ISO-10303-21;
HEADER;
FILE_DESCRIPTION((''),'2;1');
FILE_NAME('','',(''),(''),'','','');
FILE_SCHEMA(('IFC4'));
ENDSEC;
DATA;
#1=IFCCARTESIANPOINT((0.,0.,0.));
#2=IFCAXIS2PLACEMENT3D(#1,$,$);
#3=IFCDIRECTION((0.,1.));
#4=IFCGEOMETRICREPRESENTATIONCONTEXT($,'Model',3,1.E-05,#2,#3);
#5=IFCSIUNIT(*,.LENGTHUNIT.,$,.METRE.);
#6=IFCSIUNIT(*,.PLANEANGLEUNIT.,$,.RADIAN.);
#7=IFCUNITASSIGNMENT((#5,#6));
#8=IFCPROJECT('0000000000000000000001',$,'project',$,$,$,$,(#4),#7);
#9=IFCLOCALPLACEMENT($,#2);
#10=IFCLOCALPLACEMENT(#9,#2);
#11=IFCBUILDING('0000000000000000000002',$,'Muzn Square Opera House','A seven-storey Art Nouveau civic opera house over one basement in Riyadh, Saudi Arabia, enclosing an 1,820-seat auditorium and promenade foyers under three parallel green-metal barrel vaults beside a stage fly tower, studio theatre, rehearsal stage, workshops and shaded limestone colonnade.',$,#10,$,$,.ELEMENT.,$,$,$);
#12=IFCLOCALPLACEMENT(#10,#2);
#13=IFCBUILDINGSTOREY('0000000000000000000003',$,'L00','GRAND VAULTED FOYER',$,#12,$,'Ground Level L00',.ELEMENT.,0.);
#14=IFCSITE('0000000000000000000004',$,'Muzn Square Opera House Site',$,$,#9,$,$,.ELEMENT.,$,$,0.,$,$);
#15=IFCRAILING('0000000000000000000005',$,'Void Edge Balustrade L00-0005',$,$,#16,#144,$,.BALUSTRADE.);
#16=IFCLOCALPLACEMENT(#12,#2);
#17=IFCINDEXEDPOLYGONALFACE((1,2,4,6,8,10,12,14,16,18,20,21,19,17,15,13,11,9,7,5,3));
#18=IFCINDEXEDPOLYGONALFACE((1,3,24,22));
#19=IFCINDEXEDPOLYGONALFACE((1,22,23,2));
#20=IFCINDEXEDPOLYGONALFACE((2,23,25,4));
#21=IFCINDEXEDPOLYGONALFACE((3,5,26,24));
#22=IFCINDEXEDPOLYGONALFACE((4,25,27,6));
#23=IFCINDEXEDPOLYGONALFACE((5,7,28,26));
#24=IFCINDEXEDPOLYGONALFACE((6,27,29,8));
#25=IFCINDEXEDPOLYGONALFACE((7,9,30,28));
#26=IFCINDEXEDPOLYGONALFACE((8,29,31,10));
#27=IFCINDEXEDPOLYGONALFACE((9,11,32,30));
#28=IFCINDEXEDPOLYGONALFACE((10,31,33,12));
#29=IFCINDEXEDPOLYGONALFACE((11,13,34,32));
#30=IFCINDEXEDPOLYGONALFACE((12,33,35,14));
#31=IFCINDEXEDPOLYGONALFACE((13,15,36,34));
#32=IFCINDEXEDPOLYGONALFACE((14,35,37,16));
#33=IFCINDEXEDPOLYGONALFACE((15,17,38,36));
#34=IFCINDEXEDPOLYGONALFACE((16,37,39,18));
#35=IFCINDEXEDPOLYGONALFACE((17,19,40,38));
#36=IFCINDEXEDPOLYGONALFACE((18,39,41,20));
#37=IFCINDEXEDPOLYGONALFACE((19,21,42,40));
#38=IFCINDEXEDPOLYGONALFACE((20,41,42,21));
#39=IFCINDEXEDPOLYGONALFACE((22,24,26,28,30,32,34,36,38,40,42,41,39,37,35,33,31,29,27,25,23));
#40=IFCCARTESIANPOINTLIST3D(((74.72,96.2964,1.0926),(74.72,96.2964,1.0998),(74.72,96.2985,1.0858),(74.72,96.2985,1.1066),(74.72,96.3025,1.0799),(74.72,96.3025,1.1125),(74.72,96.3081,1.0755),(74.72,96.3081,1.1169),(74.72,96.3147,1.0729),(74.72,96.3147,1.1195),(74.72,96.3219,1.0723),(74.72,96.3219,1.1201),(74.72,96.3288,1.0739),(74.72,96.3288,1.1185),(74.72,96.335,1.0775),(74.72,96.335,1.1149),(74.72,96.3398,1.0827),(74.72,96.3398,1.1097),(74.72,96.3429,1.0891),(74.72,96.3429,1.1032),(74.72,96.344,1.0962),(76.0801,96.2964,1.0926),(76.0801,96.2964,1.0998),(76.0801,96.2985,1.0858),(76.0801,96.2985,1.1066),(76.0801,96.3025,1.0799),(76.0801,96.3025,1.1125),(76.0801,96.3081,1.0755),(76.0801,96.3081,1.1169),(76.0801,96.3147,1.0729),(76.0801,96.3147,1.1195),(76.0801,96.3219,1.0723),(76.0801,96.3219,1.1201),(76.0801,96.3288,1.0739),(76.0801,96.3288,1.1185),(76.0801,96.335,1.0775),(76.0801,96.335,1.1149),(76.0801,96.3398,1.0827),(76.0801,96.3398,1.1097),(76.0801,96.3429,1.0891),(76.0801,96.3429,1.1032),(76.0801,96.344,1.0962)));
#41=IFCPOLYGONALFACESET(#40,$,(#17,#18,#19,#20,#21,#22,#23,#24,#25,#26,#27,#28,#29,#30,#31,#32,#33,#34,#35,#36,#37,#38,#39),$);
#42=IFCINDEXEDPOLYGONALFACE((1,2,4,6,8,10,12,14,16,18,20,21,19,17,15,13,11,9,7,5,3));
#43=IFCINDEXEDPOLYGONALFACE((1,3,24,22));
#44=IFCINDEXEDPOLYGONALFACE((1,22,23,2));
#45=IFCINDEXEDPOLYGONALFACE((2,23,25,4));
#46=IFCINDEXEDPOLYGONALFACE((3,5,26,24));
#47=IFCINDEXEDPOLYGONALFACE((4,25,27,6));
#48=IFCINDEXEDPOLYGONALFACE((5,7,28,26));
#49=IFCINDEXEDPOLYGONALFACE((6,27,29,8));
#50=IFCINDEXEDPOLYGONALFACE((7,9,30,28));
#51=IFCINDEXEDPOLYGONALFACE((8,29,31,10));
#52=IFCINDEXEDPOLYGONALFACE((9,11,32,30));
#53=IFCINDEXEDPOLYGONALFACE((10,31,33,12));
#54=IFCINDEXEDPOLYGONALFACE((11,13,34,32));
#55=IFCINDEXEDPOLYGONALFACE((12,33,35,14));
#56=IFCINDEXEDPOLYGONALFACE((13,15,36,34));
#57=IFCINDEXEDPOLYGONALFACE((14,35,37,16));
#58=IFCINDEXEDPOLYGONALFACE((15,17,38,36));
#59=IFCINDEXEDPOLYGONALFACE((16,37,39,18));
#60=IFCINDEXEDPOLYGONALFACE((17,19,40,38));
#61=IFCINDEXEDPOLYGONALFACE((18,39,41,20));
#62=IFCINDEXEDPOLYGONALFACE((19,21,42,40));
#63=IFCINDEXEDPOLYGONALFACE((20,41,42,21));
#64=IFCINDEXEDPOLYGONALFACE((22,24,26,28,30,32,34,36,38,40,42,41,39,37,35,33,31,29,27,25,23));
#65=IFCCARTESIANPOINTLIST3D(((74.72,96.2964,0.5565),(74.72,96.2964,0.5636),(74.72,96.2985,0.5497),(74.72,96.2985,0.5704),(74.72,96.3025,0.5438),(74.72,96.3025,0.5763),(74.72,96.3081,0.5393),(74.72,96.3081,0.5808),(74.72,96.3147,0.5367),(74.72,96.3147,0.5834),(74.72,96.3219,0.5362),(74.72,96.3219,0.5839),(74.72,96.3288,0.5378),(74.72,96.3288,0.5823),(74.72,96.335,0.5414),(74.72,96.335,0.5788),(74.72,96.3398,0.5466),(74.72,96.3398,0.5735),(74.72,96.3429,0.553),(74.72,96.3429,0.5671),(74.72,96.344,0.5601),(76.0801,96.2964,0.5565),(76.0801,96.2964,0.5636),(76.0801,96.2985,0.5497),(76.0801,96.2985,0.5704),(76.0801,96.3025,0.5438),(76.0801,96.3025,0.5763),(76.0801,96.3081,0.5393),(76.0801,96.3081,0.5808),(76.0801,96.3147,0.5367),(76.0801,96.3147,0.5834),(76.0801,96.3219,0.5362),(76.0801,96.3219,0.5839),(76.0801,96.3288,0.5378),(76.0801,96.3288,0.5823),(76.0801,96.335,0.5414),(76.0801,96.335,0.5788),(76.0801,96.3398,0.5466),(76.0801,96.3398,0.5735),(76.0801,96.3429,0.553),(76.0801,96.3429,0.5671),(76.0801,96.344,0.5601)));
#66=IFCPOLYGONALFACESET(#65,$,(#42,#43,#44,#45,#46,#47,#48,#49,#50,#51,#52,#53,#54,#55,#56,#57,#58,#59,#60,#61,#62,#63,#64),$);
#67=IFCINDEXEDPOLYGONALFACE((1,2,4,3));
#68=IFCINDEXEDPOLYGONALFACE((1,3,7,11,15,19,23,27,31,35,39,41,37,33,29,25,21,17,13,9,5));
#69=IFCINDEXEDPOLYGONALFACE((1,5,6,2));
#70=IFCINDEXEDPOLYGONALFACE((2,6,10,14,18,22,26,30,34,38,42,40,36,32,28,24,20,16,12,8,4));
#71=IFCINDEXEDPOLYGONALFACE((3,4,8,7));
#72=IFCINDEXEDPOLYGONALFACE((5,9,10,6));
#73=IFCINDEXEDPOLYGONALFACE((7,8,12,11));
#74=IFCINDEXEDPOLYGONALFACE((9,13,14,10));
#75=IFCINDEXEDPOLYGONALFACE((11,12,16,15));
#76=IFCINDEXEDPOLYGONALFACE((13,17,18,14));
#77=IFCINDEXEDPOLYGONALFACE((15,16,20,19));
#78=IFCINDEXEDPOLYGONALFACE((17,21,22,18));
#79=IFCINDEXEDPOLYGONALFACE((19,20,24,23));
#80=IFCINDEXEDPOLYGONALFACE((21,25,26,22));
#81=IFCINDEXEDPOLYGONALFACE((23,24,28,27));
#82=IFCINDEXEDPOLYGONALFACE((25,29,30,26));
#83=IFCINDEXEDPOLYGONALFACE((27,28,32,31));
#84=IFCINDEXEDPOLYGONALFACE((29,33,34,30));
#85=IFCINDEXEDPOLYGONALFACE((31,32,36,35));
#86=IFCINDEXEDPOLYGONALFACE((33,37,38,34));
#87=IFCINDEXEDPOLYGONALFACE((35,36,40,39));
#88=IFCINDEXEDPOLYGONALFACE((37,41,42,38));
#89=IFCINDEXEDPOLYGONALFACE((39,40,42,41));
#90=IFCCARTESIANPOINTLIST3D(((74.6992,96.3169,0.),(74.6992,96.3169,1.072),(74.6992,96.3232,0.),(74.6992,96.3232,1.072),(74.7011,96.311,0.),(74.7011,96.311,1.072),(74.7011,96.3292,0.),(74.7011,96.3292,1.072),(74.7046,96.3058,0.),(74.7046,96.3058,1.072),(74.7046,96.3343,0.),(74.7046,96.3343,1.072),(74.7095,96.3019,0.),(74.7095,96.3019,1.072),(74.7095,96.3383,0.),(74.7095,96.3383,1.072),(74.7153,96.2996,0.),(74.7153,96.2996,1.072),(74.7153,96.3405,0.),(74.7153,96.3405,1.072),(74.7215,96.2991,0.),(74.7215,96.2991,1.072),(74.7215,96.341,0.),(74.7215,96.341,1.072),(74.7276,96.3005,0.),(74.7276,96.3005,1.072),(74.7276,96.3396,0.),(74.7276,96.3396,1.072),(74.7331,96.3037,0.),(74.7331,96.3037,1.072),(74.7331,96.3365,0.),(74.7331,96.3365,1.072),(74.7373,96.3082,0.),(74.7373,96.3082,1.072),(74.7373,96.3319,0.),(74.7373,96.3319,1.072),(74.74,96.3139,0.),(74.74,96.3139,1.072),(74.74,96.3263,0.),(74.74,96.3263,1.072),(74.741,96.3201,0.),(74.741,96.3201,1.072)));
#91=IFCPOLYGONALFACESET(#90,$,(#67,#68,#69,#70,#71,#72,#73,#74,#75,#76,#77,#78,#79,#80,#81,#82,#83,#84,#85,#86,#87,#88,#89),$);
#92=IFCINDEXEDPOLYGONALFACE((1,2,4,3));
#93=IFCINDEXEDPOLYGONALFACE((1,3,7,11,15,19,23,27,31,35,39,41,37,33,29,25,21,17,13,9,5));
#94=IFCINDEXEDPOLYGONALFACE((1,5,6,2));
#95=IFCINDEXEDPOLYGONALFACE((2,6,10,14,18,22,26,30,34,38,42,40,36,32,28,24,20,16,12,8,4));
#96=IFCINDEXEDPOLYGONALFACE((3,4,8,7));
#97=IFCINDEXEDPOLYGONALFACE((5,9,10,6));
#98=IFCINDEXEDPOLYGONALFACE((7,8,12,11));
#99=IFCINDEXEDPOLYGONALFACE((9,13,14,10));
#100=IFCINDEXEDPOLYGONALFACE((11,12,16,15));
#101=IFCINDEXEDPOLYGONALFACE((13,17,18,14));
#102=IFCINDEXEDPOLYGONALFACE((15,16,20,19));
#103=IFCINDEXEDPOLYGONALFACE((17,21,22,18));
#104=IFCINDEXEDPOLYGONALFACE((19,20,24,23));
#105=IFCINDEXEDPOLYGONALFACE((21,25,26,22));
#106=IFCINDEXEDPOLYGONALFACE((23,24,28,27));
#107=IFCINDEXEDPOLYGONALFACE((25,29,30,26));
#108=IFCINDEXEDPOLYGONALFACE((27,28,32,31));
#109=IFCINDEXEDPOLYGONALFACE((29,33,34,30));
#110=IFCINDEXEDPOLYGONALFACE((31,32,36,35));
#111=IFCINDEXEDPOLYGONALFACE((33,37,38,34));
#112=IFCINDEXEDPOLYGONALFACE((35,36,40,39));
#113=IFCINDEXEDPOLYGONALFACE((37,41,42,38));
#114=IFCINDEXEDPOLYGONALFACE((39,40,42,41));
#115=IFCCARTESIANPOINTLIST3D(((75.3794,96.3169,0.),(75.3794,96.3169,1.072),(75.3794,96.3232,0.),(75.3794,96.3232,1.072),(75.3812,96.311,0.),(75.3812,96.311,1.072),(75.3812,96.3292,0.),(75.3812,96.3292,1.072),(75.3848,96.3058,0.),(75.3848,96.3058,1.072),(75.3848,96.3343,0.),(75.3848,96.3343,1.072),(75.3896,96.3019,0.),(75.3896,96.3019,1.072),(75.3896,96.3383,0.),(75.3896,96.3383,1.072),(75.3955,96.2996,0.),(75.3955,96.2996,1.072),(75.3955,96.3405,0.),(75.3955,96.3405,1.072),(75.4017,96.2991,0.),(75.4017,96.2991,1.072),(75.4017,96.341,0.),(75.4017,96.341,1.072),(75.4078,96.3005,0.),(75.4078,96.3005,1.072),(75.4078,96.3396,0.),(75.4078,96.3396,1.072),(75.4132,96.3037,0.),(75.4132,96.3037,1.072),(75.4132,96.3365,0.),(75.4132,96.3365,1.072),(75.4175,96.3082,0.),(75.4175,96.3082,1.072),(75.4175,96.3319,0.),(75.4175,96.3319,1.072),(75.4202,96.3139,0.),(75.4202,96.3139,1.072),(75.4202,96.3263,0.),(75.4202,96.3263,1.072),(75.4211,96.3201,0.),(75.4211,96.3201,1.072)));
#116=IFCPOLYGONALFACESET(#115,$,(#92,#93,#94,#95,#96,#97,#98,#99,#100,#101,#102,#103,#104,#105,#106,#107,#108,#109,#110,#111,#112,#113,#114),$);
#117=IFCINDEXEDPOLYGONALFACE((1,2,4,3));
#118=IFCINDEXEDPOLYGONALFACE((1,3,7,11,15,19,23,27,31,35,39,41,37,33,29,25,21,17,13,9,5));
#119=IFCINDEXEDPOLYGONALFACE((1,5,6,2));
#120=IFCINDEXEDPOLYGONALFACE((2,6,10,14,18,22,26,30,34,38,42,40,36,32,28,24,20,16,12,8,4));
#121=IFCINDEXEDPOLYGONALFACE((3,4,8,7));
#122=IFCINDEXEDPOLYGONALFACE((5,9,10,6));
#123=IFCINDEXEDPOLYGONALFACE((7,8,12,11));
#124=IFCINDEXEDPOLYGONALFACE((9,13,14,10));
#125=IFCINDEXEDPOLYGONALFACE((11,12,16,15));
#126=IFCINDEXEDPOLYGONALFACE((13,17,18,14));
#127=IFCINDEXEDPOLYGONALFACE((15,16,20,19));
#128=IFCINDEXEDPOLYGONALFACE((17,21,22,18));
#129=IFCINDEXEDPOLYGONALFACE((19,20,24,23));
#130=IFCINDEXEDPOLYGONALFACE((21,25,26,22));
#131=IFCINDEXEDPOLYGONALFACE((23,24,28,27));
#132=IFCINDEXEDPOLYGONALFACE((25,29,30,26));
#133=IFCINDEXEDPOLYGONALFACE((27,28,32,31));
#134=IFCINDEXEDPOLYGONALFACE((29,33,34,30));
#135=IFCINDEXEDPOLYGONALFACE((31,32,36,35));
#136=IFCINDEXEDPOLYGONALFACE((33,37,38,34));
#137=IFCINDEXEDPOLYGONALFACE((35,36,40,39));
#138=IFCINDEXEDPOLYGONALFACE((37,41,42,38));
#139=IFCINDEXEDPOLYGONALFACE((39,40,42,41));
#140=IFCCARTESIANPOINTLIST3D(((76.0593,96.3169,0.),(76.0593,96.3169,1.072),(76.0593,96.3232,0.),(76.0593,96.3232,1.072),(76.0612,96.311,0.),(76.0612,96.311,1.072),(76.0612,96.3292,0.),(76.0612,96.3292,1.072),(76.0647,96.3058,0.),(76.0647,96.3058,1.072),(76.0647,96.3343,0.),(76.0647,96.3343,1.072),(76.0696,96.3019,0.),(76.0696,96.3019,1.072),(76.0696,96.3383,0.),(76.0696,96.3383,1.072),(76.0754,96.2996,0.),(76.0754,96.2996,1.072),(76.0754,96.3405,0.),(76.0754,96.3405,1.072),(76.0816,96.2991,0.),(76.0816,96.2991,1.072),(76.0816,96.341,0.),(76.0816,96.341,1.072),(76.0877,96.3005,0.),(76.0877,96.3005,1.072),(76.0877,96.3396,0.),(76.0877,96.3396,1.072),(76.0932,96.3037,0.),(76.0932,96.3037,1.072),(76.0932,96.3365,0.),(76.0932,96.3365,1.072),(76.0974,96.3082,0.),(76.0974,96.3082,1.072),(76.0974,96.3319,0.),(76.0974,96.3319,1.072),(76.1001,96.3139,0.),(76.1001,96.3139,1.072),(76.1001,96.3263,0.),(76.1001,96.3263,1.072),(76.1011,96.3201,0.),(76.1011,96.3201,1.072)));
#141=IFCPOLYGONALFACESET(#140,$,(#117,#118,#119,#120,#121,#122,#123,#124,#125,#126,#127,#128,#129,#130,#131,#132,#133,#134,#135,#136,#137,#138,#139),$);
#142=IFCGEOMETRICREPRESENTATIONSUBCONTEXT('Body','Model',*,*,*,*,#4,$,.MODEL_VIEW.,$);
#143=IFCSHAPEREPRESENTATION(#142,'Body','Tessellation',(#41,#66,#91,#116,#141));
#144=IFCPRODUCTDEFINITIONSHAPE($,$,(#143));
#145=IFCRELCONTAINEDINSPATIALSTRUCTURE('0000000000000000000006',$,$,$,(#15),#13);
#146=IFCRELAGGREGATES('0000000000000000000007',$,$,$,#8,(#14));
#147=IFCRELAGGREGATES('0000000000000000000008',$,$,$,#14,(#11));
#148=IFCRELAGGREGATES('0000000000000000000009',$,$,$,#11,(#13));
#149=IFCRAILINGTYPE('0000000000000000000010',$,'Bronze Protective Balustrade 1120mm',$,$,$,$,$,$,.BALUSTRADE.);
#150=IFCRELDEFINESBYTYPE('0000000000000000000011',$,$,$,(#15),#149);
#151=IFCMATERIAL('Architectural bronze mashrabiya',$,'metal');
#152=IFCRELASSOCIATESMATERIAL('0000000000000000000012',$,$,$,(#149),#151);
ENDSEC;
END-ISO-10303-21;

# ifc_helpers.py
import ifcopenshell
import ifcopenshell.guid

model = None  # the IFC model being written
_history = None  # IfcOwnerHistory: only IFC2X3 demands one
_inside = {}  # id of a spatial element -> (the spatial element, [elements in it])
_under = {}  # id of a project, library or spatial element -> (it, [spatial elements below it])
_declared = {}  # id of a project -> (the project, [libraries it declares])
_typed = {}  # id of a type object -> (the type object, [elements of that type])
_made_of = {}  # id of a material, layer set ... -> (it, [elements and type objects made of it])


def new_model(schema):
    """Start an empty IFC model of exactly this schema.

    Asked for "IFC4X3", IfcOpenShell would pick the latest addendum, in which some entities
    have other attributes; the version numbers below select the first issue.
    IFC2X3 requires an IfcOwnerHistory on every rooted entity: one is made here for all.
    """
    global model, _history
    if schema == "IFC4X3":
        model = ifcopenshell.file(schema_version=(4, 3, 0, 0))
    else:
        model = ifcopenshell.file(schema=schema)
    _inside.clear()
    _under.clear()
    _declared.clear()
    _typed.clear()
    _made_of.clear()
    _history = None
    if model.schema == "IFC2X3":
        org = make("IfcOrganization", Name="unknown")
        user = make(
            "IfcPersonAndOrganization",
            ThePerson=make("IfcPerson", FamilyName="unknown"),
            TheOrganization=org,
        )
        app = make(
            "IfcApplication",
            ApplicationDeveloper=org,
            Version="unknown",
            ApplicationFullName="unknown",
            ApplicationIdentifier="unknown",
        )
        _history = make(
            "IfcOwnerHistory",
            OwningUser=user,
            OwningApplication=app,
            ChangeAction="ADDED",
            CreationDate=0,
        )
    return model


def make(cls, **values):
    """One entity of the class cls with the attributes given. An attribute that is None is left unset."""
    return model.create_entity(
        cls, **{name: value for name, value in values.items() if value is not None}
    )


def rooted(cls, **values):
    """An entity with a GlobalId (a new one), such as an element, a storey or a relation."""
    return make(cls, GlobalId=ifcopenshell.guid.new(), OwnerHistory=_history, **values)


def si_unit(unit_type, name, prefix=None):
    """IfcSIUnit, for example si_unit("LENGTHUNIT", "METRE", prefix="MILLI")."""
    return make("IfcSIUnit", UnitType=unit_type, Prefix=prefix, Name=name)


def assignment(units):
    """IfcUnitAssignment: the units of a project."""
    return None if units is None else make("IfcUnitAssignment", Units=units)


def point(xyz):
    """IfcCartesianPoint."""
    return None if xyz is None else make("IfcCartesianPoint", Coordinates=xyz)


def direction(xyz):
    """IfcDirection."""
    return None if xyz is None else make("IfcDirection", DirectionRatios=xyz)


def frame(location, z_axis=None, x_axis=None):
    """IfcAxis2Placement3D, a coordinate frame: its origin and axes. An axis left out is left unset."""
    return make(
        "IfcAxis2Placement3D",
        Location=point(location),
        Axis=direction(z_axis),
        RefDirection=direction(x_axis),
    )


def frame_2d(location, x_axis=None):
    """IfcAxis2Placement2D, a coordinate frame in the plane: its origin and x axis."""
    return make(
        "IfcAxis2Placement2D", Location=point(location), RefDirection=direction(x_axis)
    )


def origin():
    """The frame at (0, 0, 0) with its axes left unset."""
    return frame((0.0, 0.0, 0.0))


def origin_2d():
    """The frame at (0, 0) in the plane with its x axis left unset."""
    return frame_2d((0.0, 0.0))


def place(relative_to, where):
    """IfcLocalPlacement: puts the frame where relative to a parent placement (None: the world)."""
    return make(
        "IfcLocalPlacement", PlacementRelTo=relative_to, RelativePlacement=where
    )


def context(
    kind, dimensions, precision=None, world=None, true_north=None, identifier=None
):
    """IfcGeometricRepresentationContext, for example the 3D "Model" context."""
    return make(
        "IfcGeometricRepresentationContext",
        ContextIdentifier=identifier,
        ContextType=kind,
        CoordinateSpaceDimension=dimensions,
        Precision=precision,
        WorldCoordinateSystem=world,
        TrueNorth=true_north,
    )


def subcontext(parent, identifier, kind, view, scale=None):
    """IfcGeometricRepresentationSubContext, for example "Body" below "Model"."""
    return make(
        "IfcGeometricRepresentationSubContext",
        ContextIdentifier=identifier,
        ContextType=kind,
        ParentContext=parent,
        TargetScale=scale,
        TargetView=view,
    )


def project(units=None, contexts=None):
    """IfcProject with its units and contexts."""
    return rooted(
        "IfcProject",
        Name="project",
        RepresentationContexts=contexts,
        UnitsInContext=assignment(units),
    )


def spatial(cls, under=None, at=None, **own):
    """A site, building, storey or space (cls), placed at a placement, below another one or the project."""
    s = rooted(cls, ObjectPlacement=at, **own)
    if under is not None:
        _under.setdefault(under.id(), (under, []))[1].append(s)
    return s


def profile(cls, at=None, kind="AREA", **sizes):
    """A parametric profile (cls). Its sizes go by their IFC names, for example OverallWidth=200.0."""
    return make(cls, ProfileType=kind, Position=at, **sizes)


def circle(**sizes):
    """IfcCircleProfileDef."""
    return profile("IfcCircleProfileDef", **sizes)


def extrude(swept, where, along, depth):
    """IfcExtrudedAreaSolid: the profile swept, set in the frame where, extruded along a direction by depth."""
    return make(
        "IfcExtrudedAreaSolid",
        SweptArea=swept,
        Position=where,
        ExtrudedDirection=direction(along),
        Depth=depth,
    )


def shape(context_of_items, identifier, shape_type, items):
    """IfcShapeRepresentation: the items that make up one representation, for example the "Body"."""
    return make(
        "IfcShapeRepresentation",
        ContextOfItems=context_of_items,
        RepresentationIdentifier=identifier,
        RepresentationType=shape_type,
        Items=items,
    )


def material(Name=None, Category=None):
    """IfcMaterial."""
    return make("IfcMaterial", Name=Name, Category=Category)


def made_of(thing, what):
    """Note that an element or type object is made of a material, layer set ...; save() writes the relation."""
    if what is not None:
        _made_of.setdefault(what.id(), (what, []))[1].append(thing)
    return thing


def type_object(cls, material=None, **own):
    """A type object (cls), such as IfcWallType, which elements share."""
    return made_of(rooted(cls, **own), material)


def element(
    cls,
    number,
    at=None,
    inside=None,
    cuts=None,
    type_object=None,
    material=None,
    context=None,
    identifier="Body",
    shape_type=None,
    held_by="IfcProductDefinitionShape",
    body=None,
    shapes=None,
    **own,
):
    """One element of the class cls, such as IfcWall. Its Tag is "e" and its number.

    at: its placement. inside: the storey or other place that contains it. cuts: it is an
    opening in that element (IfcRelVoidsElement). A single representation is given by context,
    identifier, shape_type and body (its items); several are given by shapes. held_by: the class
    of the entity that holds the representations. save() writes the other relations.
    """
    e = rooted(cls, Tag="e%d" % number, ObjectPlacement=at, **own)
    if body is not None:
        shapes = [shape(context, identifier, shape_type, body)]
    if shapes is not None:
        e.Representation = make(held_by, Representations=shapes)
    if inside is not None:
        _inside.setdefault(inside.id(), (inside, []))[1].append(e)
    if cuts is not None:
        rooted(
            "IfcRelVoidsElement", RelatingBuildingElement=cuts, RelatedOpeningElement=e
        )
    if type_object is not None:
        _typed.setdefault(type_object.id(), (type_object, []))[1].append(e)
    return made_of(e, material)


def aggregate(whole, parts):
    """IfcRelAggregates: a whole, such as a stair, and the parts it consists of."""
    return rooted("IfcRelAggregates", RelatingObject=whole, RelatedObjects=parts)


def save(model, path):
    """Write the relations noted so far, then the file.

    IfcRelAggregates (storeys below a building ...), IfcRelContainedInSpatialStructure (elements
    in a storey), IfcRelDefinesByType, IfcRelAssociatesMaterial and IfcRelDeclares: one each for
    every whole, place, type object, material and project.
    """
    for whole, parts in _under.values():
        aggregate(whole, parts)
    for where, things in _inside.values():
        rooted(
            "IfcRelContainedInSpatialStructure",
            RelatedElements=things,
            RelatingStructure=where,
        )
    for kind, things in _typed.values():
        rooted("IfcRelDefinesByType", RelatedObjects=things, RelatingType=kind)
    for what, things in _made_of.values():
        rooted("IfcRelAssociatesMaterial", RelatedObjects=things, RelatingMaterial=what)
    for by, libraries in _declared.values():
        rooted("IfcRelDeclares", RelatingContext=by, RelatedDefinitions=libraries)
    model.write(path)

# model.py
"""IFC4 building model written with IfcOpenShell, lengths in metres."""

from ifc_helpers import new_model, si_unit, direction, frame, origin, origin_2d, place, context, subcontext, project, spatial, circle, extrude, material, type_object, element, save


model = new_model("IFC4")

# Units and contexts
model_context = context("Model", 3, precision=1e-05, world=origin(), true_north=direction((0.0, 1.0)))
body_context = subcontext(model_context, "Body", "Model", "MODEL_VIEW")
ifc_project = project(units=[si_unit("LENGTHUNIT", "METRE"), si_unit("PLANEANGLEUNIT", "RADIAN")], contexts=[model_context])

# Site, building, storey
site_placement = place(None, origin())
site = spatial("IfcSite", under=ifc_project, at=site_placement, Name="Muzn Square Opera House Site", CompositionType="ELEMENT", RefElevation=0.0)
building_placement = place(site_placement, origin())
building = spatial("IfcBuilding", under=site, at=building_placement, Name="Muzn Square Opera House", Description="A seven-storey Art Nouveau civic opera house over one basement in Riyadh, Saudi Arabia, enclosing an 1,820-seat auditorium and promenade foyers under three parallel green-metal barrel vaults beside a stage fly tower, studio theatre, rehearsal stage, workshops and shaded limestone colonnade.", CompositionType="ELEMENT")
storey_placement = place(building_placement, origin())
storey = spatial("IfcBuildingStorey", under=building, at=storey_placement, Name="L00", Description="GRAND VAULTED FOYER", LongName="Ground Level L00", CompositionType="ELEMENT", Elevation=0.0)

# Railing
ifc_material_1 = material(Name="Architectural bronze mashrabiya", Category="metal")
railing_type_1 = type_object("IfcRailingType", Name="Bronze Protective Balustrade 1120mm", PredefinedType="BALUSTRADE", material=ifc_material_1)
railing_1_placement = place(storey_placement, frame((74.72, 96.3201, 0.0)))
element("IfcRailing", 1, at=railing_1_placement, inside=storey, type_object=railing_type_1, Name="Void Edge Balustrade L00-0005", PredefinedType="BALUSTRADE", context=body_context, shape_type="SweptSolid", body=[
    extrude(circle(Radius=0.0239, at=origin_2d()), frame((0.0, 0.0, 1.0962), z_axis=(1.0, 0.0, 0.0), x_axis=(0.0, 1.0, 0.0)), (0.0, 0.0, 1.0), 1.3601),
    extrude(circle(Radius=0.0239, at=origin_2d()), frame((0.0, 0.0, 0.5601), z_axis=(1.0, 0.0, 0.0), x_axis=(0.0, 1.0, 0.0)), (0.0, 0.0, 1.0), 1.3601),
    extrude(circle(Radius=0.021, at=origin_2d()), origin(), (0.0, 0.0, 1.0), 1.072),
    extrude(circle(Radius=0.021, at=origin_2d()), frame((0.6802, 0.0, 0.0)), (0.0, 0.0, 1.0), 1.072),
    extrude(circle(Radius=0.021, at=origin_2d()), frame((1.3601, 0.0, 0.0)), (0.0, 0.0, 1.0), 1.072),
])

save(model, "model.ifc")
